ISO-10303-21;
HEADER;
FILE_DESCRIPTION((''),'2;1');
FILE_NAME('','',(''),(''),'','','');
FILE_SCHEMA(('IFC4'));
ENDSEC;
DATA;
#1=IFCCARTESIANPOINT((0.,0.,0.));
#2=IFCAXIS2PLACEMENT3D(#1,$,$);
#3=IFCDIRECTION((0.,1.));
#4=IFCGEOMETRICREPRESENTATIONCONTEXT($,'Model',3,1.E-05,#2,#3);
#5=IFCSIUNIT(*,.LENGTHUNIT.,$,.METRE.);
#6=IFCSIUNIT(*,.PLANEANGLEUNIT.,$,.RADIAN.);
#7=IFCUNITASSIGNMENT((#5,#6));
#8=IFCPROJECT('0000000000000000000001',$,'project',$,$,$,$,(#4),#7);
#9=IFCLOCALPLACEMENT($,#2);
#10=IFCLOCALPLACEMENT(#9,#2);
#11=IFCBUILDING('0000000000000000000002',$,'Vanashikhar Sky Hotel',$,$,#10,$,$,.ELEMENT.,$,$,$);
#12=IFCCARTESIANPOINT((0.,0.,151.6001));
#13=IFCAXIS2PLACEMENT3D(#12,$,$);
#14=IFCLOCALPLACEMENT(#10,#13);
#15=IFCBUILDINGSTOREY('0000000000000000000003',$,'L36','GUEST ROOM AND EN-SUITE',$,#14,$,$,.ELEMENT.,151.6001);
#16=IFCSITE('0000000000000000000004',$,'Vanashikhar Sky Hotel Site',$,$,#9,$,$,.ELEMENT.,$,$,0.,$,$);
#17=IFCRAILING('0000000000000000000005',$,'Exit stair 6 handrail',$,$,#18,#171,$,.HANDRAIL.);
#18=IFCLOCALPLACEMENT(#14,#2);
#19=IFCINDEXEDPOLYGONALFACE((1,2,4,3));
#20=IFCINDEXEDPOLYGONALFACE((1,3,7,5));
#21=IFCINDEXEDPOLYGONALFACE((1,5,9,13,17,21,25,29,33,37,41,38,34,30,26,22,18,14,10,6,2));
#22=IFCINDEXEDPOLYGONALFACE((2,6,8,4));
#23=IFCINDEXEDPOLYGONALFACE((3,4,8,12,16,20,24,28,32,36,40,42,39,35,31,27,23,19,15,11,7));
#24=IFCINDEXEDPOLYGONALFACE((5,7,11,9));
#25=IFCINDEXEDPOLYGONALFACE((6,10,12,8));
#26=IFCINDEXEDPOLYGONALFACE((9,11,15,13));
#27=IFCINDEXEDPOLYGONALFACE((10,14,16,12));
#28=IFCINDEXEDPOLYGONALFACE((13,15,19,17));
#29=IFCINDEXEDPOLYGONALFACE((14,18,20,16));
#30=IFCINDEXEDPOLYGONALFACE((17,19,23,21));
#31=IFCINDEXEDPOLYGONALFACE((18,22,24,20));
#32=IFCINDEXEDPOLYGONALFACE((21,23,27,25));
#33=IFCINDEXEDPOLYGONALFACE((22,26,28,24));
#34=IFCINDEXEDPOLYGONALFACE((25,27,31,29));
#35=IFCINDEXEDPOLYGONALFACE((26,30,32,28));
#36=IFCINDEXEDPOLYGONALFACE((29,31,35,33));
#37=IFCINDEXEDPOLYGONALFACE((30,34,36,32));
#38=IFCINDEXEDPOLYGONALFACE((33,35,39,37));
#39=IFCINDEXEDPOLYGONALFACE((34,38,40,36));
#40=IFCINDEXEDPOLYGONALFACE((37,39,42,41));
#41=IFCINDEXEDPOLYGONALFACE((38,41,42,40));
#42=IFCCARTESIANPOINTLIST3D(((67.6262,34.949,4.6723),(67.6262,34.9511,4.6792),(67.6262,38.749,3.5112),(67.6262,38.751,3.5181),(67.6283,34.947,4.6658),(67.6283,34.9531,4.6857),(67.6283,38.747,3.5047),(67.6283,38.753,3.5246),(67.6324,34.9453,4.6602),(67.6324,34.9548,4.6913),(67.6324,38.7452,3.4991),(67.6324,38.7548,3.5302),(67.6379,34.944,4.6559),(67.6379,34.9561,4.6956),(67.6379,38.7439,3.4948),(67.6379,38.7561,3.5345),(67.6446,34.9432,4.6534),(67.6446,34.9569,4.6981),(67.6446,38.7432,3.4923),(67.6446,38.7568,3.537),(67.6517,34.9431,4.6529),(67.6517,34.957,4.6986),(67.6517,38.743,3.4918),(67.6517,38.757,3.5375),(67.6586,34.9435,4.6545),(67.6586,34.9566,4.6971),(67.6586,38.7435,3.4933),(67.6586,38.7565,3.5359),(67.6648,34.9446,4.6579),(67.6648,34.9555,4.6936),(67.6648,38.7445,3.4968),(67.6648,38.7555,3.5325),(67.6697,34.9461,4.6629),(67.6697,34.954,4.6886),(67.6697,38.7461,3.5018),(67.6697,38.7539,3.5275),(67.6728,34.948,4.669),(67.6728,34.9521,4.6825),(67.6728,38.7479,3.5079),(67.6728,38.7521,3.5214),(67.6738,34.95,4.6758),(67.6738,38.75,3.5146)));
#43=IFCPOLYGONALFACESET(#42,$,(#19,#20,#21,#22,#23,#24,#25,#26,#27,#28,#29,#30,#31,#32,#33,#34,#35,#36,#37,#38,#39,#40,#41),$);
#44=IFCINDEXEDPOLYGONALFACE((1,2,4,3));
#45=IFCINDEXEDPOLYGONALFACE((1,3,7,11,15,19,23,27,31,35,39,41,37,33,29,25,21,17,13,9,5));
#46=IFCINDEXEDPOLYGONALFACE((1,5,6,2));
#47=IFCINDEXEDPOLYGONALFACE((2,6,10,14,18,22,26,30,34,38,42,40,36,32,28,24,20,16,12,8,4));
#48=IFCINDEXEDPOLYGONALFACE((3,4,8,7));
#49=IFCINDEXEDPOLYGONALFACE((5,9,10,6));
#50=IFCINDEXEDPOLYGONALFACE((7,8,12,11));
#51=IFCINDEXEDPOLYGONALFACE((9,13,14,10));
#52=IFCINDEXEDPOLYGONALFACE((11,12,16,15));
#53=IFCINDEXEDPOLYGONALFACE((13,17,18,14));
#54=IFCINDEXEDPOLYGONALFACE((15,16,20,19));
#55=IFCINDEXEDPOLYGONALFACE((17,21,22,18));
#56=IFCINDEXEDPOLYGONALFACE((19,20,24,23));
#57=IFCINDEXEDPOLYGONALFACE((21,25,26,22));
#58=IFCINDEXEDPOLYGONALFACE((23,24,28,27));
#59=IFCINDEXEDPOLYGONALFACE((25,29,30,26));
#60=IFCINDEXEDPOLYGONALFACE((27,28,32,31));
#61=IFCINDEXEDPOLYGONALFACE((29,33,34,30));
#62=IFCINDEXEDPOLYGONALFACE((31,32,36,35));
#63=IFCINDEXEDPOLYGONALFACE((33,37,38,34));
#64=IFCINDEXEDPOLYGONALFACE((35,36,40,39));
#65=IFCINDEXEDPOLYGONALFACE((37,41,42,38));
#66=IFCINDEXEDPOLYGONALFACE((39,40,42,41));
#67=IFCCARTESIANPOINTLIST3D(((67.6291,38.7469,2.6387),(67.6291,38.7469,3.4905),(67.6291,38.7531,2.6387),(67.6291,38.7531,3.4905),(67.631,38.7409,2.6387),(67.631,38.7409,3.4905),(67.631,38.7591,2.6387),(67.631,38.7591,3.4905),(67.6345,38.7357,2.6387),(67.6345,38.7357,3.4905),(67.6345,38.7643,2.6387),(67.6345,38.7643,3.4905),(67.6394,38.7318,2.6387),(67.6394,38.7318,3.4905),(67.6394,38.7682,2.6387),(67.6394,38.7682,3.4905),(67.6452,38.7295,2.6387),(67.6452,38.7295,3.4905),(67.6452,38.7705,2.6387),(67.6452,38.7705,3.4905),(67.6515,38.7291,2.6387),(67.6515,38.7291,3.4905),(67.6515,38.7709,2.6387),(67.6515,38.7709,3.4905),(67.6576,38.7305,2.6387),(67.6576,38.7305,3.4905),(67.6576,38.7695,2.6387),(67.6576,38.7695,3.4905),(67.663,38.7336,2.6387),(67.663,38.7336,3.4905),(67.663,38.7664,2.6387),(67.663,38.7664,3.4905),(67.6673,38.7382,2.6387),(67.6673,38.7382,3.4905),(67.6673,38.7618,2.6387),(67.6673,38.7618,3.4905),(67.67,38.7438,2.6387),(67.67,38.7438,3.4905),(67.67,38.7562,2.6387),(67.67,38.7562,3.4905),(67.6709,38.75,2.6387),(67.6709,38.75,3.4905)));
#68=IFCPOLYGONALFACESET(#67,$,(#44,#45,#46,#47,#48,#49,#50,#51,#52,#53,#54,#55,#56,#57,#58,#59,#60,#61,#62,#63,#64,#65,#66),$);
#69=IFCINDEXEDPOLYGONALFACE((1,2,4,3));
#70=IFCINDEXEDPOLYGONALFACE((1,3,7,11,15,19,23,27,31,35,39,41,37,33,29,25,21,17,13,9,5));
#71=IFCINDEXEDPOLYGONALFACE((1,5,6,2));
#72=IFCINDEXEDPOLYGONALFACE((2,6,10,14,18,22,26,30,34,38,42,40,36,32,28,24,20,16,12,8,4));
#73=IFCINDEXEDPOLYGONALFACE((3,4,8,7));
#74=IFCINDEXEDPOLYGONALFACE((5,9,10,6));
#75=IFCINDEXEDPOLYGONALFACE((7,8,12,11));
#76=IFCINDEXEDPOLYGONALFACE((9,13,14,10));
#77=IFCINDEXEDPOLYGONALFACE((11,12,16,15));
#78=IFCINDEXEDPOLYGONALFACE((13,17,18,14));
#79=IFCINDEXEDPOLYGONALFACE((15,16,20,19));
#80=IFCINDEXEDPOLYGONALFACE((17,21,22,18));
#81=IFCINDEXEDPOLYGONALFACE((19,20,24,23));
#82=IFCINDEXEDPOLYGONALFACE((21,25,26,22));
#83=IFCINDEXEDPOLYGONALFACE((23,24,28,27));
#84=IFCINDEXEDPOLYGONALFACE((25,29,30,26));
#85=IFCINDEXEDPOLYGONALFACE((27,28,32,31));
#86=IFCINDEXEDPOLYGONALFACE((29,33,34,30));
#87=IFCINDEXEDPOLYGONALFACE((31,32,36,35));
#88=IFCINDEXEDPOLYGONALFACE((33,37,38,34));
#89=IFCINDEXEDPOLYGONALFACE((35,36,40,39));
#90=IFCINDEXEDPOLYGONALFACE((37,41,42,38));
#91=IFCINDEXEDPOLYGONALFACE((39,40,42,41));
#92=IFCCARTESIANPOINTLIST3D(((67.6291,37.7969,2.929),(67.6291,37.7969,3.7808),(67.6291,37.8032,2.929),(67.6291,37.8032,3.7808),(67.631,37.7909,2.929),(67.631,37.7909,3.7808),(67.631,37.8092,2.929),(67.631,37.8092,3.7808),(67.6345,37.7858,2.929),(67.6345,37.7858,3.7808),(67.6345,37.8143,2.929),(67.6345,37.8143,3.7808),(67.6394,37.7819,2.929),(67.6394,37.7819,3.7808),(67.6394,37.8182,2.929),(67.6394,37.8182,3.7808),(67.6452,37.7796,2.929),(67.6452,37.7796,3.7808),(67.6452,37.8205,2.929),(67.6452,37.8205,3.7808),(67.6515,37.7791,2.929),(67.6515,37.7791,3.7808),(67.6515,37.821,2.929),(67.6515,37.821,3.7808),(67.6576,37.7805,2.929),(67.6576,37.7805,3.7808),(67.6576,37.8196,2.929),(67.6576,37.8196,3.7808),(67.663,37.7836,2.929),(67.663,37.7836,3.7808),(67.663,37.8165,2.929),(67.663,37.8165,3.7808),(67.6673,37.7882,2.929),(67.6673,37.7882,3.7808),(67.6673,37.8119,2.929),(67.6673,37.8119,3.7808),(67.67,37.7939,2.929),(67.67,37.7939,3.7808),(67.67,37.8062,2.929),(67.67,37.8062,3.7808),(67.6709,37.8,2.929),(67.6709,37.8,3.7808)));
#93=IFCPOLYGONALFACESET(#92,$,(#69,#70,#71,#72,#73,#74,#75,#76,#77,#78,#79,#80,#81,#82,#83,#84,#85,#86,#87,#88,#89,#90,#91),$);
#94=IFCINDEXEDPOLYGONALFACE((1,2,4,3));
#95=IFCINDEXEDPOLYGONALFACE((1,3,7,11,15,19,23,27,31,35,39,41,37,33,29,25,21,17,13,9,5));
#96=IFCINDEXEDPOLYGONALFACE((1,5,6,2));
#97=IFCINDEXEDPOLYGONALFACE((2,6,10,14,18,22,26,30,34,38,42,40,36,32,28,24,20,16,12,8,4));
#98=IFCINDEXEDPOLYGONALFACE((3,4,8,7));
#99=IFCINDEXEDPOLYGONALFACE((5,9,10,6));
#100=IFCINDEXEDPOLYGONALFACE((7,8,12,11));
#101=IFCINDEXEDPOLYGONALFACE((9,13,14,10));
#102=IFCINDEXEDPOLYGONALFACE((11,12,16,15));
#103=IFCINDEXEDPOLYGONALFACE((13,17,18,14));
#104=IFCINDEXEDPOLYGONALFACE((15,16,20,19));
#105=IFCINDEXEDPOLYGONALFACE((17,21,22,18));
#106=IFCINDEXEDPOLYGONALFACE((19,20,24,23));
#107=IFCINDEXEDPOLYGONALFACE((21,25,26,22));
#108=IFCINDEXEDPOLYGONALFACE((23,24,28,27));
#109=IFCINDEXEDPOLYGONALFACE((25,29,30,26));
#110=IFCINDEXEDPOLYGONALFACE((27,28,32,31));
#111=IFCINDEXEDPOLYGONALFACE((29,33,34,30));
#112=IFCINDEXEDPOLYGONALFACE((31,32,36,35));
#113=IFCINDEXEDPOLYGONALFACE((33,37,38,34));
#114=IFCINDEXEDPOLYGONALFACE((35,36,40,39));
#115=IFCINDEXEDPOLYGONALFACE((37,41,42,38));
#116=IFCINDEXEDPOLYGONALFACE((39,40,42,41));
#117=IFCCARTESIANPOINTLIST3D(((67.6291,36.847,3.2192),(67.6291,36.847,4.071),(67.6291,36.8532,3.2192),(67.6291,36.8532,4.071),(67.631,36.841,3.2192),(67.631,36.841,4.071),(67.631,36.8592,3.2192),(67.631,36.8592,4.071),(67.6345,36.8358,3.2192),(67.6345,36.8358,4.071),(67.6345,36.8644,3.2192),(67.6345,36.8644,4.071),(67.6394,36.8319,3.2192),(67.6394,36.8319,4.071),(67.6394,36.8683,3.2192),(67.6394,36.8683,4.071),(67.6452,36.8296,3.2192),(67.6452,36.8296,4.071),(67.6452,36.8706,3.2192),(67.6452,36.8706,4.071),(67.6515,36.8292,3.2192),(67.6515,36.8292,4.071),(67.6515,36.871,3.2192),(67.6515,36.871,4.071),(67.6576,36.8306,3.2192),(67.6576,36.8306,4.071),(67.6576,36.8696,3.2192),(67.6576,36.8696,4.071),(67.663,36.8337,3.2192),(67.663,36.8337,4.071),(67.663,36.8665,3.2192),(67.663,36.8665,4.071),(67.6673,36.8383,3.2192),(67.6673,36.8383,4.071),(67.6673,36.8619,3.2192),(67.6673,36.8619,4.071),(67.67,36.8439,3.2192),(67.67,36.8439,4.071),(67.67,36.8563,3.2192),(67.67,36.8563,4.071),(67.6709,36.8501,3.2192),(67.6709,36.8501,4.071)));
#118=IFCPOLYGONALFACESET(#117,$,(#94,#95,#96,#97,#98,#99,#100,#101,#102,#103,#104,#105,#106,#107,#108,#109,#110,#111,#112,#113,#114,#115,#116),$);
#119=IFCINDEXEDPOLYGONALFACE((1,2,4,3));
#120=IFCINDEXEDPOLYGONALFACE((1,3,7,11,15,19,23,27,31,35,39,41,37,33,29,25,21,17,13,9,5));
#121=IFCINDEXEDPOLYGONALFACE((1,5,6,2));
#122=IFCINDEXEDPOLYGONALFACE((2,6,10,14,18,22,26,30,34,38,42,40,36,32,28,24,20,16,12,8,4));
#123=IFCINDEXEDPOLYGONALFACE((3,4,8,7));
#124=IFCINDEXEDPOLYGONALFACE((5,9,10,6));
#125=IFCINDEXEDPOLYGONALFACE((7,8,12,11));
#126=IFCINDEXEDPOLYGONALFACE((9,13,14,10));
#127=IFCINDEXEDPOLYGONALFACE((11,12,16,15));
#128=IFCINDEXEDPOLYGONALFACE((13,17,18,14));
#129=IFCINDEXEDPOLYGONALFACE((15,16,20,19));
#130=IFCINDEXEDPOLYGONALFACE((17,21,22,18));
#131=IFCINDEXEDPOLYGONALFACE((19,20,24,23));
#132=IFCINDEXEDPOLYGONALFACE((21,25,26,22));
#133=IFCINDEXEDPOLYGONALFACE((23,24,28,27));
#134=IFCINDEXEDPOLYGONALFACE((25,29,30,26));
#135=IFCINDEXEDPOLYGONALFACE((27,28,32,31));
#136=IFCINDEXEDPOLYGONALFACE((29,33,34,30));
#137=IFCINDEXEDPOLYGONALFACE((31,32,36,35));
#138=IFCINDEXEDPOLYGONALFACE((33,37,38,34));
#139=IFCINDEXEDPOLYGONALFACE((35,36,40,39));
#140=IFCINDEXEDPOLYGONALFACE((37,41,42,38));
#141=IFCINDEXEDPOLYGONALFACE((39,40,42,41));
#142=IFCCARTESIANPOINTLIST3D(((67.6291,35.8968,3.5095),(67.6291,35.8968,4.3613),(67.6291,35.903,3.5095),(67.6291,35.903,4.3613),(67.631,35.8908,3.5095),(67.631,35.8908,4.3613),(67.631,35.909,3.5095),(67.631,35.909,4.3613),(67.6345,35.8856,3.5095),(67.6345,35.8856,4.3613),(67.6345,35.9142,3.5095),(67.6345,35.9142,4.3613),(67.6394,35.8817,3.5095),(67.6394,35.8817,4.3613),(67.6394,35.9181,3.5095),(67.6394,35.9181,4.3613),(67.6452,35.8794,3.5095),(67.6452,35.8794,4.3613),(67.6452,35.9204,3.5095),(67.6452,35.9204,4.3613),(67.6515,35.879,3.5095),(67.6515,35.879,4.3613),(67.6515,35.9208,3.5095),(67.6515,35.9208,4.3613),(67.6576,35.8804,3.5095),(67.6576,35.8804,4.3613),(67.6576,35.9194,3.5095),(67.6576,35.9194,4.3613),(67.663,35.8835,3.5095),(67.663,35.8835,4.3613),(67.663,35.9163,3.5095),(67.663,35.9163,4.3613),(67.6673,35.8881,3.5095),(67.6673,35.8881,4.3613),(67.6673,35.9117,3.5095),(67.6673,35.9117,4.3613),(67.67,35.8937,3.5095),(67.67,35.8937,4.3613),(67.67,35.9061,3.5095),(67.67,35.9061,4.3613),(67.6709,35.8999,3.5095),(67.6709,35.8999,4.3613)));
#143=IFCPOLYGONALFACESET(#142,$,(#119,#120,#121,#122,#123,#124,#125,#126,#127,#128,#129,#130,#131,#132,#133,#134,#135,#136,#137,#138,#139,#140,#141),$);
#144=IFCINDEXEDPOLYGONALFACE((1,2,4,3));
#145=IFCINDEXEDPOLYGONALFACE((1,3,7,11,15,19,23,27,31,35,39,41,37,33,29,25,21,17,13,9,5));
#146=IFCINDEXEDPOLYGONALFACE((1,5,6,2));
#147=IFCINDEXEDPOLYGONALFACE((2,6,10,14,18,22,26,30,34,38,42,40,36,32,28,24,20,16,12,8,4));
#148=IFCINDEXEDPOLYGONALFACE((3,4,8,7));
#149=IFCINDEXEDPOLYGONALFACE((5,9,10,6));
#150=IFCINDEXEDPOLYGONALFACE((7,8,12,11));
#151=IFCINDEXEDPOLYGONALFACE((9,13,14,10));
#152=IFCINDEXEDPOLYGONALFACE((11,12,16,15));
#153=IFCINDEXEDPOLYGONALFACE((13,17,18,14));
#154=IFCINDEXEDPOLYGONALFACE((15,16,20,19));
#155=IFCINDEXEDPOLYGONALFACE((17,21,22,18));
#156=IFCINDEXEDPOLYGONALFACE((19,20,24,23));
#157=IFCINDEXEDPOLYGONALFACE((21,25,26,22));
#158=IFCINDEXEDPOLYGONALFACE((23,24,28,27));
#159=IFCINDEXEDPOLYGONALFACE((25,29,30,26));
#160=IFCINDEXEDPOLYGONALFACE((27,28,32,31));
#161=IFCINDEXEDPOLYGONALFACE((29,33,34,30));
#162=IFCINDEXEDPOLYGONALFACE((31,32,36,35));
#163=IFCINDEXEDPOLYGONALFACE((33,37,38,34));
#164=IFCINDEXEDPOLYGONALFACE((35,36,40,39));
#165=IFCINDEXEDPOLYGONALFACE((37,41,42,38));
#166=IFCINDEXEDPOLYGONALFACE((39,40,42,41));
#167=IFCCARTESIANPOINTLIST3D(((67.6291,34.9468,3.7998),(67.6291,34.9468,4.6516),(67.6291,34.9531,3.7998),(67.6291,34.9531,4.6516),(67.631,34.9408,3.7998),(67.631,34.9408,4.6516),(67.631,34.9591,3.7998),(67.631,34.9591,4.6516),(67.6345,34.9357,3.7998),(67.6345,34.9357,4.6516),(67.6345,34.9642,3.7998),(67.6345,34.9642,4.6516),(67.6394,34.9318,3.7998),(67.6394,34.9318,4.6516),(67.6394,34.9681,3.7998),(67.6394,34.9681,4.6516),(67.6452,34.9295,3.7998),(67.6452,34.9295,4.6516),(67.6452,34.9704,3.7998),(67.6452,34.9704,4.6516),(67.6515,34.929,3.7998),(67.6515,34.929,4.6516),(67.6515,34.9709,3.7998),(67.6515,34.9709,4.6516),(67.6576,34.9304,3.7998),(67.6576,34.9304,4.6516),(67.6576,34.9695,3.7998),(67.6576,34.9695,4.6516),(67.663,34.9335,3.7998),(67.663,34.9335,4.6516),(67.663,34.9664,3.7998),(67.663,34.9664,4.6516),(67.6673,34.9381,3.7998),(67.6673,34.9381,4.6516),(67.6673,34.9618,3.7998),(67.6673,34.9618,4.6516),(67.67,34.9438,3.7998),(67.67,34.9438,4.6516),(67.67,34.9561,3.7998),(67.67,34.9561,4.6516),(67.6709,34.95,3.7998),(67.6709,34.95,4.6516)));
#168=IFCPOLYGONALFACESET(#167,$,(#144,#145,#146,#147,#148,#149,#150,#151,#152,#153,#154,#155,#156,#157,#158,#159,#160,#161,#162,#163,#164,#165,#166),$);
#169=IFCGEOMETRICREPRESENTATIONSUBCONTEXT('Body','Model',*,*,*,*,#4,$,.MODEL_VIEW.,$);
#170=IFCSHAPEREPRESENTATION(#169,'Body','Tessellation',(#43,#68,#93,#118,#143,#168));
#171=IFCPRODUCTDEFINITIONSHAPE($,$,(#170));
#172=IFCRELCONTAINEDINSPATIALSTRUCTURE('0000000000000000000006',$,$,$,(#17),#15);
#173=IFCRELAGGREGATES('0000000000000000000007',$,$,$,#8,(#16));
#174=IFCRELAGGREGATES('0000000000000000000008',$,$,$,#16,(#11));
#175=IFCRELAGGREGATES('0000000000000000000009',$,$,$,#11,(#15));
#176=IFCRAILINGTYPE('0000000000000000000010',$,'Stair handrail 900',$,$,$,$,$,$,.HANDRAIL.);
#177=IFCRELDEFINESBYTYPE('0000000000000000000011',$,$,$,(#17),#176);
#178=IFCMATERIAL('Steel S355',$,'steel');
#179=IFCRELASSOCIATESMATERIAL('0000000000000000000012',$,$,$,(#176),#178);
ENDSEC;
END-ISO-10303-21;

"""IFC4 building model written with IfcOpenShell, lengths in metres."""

from ifc_helpers import new_model, si_unit, direction, frame, origin, origin_2d, place, context, subcontext, project, spatial, circle, extrude, source, transform, mapped, material, type_object, element, save


model = new_model("IFC4")

# Units and contexts
model_context = context("Model", 3, precision=1e-05, world=origin(), true_north=direction((0.0, 1.0)))
body_context = subcontext(model_context, "Body", "Model", "MODEL_VIEW")
ifc_project = project(units=[si_unit("LENGTHUNIT", "METRE"), si_unit("PLANEANGLEUNIT", "RADIAN")], contexts=[model_context])

# Site, building, storey
site_placement = place(None, origin())
site = spatial("IfcSite", under=ifc_project, at=site_placement, Name="Vanashikhar Sky Hotel Site", CompositionType="ELEMENT", RefElevation=0.0)
building_placement = place(site_placement, origin())
building = spatial("IfcBuilding", under=site, at=building_placement, Name="Vanashikhar Sky Hotel", CompositionType="ELEMENT")
storey_placement = place(building_placement, frame((0.0, 0.0, 151.6001)))
storey = spatial("IfcBuildingStorey", under=building, at=storey_placement, Name="L36", Description="GUEST ROOM AND EN-SUITE", CompositionType="ELEMENT", Elevation=151.6001)

# Railing
ifc_material_1 = material(Name="Steel S355", Category="steel")
railing_type = type_object("IfcRailingType", Name="Stair handrail 900", PredefinedType="HANDRAIL", material=ifc_material_1)
shared_shape_1 = source(origin(), body_context, "Body", "SweptSolid", [
    extrude(circle(Radius=0.0239, at=origin_2d()), frame((0.0, 0.0, 0.876), z_axis=(0.0, -0.956351, 0.29222), x_axis=(1.0, 0.0, 0.0)), (0.0, 0.0, 1.0), 3.9734),
    extrude(circle(Radius=0.021, at=origin_2d()), origin(), (0.0, 0.0, 1.0), 0.8518),
    extrude(circle(Radius=0.021, at=origin_2d()), frame((0.0, -0.95, 0.2903)), (0.0, 0.0, 1.0), 0.8518),
    extrude(circle(Radius=0.021, at=origin_2d()), frame((0.0, -1.8999, 0.5806)), (0.0, 0.0, 1.0), 0.8518),
    extrude(circle(Radius=0.021, at=origin_2d()), frame((0.0, -2.8501, 0.8708)), (0.0, 0.0, 1.0), 0.8518),
    extrude(circle(Radius=0.021, at=origin_2d()), frame((0.0, -3.8, 1.1611)), (0.0, 0.0, 1.0), 0.8518),
])
for number, where, name in (
    (1, (67.6499, 38.75, 2.6387), "Exit stair 6 handrail"),
):
    element("IfcRailing", number, at=place(storey_placement, frame(where)), inside=storey, type_object=railing_type, Name=name, PredefinedType="HANDRAIL", context=body_context, shape_type="MappedRepresentation", body=[
        mapped(shared_shape_1, transform((0.0, 0.0, 0.0), scale=1.0)),
    ])

save(model, "model.ifc")
